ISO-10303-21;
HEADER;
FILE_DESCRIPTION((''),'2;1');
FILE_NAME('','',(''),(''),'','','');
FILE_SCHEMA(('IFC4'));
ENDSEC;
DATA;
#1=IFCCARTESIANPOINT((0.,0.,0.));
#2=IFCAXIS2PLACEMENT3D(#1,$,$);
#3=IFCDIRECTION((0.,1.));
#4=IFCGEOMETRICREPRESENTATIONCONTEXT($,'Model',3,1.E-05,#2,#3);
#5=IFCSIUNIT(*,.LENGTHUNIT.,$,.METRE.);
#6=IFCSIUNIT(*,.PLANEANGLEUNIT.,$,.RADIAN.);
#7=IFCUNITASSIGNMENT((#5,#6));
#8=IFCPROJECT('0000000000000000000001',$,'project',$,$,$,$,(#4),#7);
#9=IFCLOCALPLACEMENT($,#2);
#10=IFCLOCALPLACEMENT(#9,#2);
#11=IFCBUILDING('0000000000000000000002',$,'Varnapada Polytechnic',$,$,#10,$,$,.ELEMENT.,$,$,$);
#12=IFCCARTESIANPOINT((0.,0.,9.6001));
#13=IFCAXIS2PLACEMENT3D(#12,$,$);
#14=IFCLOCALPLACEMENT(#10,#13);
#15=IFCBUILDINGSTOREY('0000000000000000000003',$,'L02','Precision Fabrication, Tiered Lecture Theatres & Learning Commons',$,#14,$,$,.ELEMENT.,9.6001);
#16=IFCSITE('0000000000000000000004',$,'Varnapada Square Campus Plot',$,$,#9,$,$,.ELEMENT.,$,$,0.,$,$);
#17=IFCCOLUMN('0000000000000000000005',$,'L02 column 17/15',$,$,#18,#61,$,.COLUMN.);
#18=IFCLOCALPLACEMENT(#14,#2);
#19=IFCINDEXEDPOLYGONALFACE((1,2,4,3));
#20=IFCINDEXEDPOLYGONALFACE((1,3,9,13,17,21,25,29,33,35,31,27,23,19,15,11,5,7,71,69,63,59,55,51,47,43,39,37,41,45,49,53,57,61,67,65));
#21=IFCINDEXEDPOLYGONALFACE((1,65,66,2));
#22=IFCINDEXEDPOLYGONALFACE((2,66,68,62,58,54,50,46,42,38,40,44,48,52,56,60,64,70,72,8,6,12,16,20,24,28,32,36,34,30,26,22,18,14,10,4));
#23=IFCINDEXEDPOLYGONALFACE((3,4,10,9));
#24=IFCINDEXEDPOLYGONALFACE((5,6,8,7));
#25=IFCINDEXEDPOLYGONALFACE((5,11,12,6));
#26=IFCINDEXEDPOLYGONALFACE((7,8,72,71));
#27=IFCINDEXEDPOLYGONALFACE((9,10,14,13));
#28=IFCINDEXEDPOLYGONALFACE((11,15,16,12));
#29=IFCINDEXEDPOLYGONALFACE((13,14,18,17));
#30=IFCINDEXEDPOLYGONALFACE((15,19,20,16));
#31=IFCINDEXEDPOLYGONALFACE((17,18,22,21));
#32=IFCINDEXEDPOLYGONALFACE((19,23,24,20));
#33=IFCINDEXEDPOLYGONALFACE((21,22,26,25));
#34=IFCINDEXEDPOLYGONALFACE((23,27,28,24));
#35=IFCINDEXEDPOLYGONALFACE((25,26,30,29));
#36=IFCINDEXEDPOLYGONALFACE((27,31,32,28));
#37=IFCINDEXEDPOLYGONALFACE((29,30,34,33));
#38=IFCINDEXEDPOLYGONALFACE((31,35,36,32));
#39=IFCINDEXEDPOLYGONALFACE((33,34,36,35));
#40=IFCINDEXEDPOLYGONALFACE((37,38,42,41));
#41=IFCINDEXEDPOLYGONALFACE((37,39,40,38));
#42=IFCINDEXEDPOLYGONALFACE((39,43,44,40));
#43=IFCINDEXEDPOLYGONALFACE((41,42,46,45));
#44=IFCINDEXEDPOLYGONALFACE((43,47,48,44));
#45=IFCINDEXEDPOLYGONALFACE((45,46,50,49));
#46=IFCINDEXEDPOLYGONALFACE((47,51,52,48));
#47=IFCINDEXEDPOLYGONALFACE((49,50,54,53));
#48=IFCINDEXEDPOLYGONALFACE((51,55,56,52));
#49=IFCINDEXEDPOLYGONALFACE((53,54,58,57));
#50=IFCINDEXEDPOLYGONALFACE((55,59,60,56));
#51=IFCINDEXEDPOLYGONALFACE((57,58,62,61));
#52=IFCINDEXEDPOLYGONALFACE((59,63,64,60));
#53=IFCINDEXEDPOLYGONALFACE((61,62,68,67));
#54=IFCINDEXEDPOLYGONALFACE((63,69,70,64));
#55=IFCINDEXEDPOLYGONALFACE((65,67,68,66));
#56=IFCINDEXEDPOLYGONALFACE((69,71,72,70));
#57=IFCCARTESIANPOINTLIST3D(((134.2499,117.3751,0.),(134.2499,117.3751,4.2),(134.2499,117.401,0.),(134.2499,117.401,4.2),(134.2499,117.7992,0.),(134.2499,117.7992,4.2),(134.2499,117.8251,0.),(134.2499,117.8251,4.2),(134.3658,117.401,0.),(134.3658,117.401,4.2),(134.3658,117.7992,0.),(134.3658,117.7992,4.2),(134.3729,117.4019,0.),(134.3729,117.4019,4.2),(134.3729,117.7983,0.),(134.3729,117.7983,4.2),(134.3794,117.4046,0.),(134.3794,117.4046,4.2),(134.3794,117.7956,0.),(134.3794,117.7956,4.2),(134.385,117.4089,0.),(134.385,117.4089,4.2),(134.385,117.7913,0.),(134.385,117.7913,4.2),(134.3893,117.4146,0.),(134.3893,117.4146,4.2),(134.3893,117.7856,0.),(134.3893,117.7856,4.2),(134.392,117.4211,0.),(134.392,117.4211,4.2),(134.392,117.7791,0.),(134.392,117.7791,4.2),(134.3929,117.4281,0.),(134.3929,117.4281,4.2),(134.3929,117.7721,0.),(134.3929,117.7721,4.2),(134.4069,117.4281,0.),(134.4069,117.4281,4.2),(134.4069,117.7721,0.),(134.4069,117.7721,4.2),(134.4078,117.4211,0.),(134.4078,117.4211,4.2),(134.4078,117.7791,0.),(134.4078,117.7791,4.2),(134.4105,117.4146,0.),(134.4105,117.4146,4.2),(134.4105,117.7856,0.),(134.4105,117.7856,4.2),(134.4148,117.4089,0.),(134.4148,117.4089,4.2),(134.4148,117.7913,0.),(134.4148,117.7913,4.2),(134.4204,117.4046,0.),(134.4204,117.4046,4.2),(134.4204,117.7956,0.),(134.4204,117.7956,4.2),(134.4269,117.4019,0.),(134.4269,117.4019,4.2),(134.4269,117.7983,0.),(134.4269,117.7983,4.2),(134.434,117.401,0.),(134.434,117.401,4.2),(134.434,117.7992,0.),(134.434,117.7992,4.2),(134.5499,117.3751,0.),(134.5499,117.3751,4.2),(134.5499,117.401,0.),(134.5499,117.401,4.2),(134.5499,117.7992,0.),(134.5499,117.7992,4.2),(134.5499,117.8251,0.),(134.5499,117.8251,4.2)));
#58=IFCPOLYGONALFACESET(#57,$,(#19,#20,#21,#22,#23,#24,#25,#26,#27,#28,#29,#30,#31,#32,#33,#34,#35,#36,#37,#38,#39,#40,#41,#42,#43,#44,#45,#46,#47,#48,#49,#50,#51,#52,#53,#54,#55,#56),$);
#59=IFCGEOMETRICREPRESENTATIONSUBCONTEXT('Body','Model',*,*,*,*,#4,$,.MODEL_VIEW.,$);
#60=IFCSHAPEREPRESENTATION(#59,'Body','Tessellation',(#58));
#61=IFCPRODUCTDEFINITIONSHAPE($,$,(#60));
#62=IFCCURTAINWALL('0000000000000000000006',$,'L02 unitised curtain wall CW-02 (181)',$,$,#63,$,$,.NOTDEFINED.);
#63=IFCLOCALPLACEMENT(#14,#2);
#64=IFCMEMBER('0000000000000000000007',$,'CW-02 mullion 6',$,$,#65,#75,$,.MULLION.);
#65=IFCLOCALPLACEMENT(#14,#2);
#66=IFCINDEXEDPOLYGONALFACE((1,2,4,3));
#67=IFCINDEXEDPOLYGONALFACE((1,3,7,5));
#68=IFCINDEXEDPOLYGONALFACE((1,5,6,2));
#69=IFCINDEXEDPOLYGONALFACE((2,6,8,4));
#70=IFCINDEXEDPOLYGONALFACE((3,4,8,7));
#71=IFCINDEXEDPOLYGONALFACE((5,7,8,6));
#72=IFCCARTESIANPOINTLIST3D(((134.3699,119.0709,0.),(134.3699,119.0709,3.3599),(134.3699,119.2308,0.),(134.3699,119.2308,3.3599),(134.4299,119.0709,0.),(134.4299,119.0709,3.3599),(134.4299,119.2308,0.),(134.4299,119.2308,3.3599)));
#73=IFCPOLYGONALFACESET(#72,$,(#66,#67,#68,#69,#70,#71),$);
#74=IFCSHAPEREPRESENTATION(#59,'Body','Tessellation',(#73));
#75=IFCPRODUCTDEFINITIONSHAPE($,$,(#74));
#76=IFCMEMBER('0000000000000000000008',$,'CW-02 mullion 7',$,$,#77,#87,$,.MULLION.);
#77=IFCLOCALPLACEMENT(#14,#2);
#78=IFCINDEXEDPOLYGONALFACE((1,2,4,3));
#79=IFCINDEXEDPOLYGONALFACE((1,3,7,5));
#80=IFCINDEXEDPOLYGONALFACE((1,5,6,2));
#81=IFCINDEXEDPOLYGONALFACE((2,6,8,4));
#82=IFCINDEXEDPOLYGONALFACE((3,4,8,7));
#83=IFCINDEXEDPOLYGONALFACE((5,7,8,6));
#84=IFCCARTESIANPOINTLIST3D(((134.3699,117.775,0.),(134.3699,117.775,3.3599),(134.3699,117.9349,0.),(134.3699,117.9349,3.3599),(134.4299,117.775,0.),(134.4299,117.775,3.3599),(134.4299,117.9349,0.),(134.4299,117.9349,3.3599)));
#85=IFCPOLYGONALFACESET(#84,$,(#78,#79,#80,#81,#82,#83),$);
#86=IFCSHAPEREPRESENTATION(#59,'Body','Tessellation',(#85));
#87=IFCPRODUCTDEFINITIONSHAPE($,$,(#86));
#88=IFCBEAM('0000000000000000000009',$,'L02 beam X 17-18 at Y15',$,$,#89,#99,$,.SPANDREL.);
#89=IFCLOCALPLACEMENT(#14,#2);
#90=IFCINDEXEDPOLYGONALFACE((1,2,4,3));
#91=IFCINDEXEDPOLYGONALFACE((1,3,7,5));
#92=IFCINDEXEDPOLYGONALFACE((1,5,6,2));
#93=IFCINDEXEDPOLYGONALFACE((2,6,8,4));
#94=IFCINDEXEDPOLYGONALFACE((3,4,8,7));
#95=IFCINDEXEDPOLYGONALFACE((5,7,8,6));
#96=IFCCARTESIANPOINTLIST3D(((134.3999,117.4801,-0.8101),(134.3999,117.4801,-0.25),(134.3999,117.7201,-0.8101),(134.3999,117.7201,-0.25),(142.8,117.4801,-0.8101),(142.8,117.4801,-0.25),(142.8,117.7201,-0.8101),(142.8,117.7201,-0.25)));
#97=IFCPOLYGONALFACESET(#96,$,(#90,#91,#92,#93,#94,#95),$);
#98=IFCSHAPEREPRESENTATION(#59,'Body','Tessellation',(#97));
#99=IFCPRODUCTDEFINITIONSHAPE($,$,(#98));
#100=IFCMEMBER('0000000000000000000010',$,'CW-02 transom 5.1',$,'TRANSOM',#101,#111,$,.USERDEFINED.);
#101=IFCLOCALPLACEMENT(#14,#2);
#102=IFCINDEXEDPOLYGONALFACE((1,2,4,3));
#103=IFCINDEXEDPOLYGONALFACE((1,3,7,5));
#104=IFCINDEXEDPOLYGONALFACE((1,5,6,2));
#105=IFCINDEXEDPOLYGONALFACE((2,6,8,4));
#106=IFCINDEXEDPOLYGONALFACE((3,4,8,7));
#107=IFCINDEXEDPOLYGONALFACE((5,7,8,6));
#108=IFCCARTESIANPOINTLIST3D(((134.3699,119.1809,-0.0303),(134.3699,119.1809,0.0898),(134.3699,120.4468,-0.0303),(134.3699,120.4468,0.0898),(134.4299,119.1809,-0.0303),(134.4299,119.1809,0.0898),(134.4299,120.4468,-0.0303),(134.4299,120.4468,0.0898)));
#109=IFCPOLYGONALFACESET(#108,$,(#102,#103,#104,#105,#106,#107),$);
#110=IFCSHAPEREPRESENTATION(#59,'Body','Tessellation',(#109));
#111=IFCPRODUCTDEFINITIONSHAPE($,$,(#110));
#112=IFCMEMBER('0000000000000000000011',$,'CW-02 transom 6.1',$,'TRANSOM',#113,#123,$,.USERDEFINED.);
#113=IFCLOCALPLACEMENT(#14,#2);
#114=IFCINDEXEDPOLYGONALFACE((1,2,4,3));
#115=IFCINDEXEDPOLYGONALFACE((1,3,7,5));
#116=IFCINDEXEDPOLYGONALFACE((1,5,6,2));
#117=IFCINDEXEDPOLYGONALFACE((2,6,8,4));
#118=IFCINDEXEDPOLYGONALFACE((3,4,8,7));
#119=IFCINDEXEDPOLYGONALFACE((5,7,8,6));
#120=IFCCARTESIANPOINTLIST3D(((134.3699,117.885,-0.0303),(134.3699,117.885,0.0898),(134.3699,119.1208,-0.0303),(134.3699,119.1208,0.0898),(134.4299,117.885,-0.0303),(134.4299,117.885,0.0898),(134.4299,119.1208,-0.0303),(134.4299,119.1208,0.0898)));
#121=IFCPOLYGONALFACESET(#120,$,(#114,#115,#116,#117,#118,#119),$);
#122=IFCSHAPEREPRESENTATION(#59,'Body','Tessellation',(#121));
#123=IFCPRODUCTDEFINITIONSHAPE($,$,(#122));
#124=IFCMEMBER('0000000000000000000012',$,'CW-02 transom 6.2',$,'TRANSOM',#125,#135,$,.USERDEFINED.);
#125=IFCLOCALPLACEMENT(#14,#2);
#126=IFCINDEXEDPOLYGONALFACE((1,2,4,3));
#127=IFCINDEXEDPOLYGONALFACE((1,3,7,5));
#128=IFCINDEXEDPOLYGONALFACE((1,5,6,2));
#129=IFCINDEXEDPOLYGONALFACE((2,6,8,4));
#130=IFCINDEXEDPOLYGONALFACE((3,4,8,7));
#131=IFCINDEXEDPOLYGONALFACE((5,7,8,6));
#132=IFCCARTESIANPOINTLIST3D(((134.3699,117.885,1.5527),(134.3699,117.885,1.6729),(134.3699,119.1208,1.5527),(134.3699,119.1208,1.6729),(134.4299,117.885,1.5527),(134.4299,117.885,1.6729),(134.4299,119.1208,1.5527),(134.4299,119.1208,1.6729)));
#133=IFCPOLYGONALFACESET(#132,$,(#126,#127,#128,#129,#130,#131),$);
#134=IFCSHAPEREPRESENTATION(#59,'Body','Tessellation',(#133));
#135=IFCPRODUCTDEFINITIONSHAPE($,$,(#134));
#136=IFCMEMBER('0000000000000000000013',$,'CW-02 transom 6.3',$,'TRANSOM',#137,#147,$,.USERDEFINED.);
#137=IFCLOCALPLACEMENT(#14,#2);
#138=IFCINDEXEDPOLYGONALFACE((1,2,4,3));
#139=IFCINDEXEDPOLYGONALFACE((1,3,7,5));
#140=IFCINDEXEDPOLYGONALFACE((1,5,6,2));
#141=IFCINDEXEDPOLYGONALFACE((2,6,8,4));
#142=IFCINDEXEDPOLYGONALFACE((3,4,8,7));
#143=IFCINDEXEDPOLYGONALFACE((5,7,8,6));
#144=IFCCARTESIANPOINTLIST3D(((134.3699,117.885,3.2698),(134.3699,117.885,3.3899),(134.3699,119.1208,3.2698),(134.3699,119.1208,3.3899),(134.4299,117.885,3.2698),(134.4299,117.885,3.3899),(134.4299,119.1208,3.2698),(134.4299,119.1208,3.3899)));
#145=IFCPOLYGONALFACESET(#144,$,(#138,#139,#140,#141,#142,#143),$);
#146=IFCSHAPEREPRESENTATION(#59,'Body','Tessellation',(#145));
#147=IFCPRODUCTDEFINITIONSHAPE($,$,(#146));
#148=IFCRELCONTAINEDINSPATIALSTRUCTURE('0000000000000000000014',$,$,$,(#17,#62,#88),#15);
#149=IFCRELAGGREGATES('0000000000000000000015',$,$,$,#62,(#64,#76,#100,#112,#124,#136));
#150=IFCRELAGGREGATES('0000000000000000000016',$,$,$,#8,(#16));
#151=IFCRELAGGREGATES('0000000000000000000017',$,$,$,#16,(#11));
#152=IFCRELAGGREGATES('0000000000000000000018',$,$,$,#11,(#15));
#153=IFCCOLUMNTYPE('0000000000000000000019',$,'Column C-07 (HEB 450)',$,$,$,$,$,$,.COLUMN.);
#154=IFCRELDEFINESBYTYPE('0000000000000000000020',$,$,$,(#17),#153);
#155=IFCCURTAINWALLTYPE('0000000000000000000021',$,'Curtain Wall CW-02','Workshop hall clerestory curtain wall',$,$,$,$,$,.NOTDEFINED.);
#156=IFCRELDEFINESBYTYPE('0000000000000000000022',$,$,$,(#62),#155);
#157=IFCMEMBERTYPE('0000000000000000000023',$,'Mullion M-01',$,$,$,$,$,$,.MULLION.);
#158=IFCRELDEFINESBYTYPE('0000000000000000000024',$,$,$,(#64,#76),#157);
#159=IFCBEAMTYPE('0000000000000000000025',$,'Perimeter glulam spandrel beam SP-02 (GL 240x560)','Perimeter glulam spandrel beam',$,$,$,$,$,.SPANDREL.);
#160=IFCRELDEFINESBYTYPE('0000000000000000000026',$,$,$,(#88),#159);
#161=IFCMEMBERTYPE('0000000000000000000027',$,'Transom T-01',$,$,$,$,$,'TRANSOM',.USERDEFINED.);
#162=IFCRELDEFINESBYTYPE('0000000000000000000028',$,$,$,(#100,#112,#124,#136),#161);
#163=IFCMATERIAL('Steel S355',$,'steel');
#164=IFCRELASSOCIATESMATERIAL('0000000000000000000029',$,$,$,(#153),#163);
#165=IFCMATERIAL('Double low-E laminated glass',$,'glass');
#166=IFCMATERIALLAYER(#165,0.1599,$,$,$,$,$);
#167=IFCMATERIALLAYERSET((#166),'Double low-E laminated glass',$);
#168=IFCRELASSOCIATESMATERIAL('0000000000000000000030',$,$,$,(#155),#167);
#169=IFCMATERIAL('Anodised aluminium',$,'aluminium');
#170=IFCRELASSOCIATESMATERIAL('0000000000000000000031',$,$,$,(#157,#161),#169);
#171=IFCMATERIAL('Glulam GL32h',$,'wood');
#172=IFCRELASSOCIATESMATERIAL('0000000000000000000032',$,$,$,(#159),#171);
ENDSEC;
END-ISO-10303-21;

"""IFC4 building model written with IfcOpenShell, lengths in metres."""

from ifc_helpers import new_model, si_unit, direction, frame, origin, origin_2d, place, context, subcontext, project, spatial, rectangle, i_section, extrude, material, layer, layer_set, material_profile, profile_set, type_object, element, aggregate, save


model = new_model("IFC4")

# Units and contexts
model_context = context("Model", 3, precision=1e-05, world=origin(), true_north=direction((0.0, 1.0)))
body_context = subcontext(model_context, "Body", "Model", "MODEL_VIEW")
ifc_project = project(units=[si_unit("LENGTHUNIT", "METRE"), si_unit("PLANEANGLEUNIT", "RADIAN")], contexts=[model_context])

# Site, building, storey
site_placement = place(None, origin())
site = spatial("IfcSite", under=ifc_project, at=site_placement, Name="Varnapada Square Campus Plot", CompositionType="ELEMENT", RefElevation=0.0)
building_placement = place(site_placement, origin())
building = spatial("IfcBuilding", under=site, at=building_placement, Name="Varnapada Polytechnic", CompositionType="ELEMENT")
storey_placement = place(building_placement, frame((0.0, 0.0, 9.6001)))
storey = spatial("IfcBuildingStorey", under=building, at=storey_placement, Name="L02", Description="Precision Fabrication, Tiered Lecture Theatres & Learning Commons", CompositionType="ELEMENT", Elevation=9.6001)

# Column
ifc_material_1 = material(Name="Steel S355", Category="steel")
ifc_material_profile_1 = material_profile(ifc_material_1, i_section(OverallWidth=0.3, OverallDepth=0.45, WebThickness=0.0139, FlangeThickness=0.0259, FilletRadius=0.0271, at=origin_2d()), Name="HEB 450")
ifc_profile_set_1 = profile_set([ifc_material_profile_1], Name="Steel S355")
column_type = type_object("IfcColumnType", Name="Column C-07 (HEB 450)", PredefinedType="COLUMN", material=ifc_profile_set_1)
column_placement = place(storey_placement, frame((134.3999, 117.6001, 0.0), z_axis=(0.0, 0.0, 1.0), x_axis=(1.0, 0.0, 0.0)))
element("IfcColumn", 1, at=column_placement, inside=storey, type_object=column_type, Name="L02 column 17/15", PredefinedType="COLUMN", context=body_context, shape_type="SweptSolid", body=[
    extrude(i_section(OverallWidth=0.3, OverallDepth=0.45, WebThickness=0.0139, FlangeThickness=0.0259, FilletRadius=0.0271, at=origin_2d()), origin(), (0.0, 0.0, 1.0), 4.2),
])

# Curtain wall, members
ifc_material_2 = material(Name="Double low-E laminated glass", Category="glass")
ifc_layer_1 = layer(ifc_material_2, 0.1599)
ifc_layer_set_1 = layer_set([ifc_layer_1], Name="Double low-E laminated glass")
curtain_wall_type = type_object("IfcCurtainWallType", Name="Curtain Wall CW-02", Description="Workshop hall clerestory curtain wall", PredefinedType="NOTDEFINED", material=ifc_layer_set_1)
curtain_wall_placement = place(storey_placement, origin())
curtain_wall = element("IfcCurtainWall", 2, at=curtain_wall_placement, inside=storey, type_object=curtain_wall_type, Name="L02 unitised curtain wall CW-02 (181)", PredefinedType="NOTDEFINED")
ifc_material_3 = material(Name="Anodised aluminium", Category="aluminium")
ifc_material_profile_2 = material_profile(ifc_material_3, rectangle(XDim=0.0601, YDim=0.1599, at=origin_2d()), Name="ALU M60x160")
ifc_profile_set_2 = profile_set([ifc_material_profile_2], Name="Anodised aluminium")
member_type_1 = type_object("IfcMemberType", Name="Mullion M-01", PredefinedType="MULLION", material=ifc_profile_set_2)
member_1_placement = place(storey_placement, frame((134.3999, 119.1509, 0.0), z_axis=(0.0, 0.0, 1.0), x_axis=(1.0, 0.0, 0.0)))
member_1 = element("IfcMember", 3, at=member_1_placement, type_object=member_type_1, Name="CW-02 mullion 6", PredefinedType="MULLION", context=body_context, shape_type="SweptSolid", body=[
    extrude(rectangle(XDim=0.0601, YDim=0.1599, at=origin_2d()), origin(), (0.0, 0.0, 1.0), 3.3599),
])
member_2_placement = place(storey_placement, frame((134.3999, 117.855, 0.0), z_axis=(0.0, 0.0, 1.0), x_axis=(1.0, 0.0, 0.0)))
member_2 = element("IfcMember", 4, at=member_2_placement, type_object=member_type_1, Name="CW-02 mullion 7", PredefinedType="MULLION", context=body_context, shape_type="SweptSolid", body=[
    extrude(rectangle(XDim=0.0601, YDim=0.1599, at=origin_2d()), origin(), (0.0, 0.0, 1.0), 3.3599),
])

# Beam
ifc_material_4 = material(Name="Glulam GL32h", Category="wood")
ifc_material_profile_3 = material_profile(ifc_material_4, rectangle(XDim=0.24, YDim=0.5601, at=origin_2d()), Name="GL 240x560")
ifc_profile_set_3 = profile_set([ifc_material_profile_3], Name="Glulam GL32h")
beam_type_1 = type_object("IfcBeamType", Name="Perimeter glulam spandrel beam SP-02 (GL 240x560)", Description="Perimeter glulam spandrel beam", PredefinedType="SPANDREL", material=ifc_profile_set_3)
beam_1_placement = place(storey_placement, frame((134.3999, 117.6001, -0.53), z_axis=(1.0, 0.0, 0.0), x_axis=(0.0, 1.0, 0.0)))
element("IfcBeam", 5, at=beam_1_placement, inside=storey, type_object=beam_type_1, Name="L02 beam X 17-18 at Y15", PredefinedType="SPANDREL", context=body_context, shape_type="SweptSolid", body=[
    extrude(rectangle(XDim=0.24, YDim=0.5601, at=origin_2d()), origin(), (0.0, 0.0, 1.0), 8.4001),
])

# Members
ifc_material_profile_4 = material_profile(ifc_material_3, rectangle(XDim=0.0601, YDim=0.1201, at=origin_2d()), Name="ALU T60x120")
ifc_profile_set_4 = profile_set([ifc_material_profile_4], Name="Anodised aluminium")
member_type_2 = type_object("IfcMemberType", Name="Transom T-01", ElementType="TRANSOM", PredefinedType="USERDEFINED", material=ifc_profile_set_4)
member_3_placement = place(storey_placement, frame((134.3999, 120.4468, 0.0298), z_axis=(0.0, -1.0, 0.0), x_axis=(1.0, 0.0, 0.0)))
member_3 = element("IfcMember", 6, at=member_3_placement, type_object=member_type_2, Name="CW-02 transom 5.1", ObjectType="TRANSOM", PredefinedType="USERDEFINED", context=body_context, shape_type="SweptSolid", body=[
    extrude(rectangle(XDim=0.0601, YDim=0.1201, at=origin_2d()), origin(), (0.0, 0.0, 1.0), 1.2659),
])
member_4_placement = place(storey_placement, frame((134.3999, 119.1208, 0.0298), z_axis=(0.0, -1.0, 0.0), x_axis=(1.0, 0.0, 0.0)))
member_4 = element("IfcMember", 7, at=member_4_placement, type_object=member_type_2, Name="CW-02 transom 6.1", ObjectType="TRANSOM", PredefinedType="USERDEFINED", context=body_context, shape_type="SweptSolid", body=[
    extrude(rectangle(XDim=0.0601, YDim=0.1201, at=origin_2d()), origin(), (0.0, 0.0, 1.0), 1.2358),
])
member_5_placement = place(storey_placement, frame((134.3999, 119.1208, 1.6128), z_axis=(0.0, -1.0, 0.0), x_axis=(1.0, 0.0, 0.0)))
member_5 = element("IfcMember", 8, at=member_5_placement, type_object=member_type_2, Name="CW-02 transom 6.2", ObjectType="TRANSOM", PredefinedType="USERDEFINED", context=body_context, shape_type="SweptSolid", body=[
    extrude(rectangle(XDim=0.0601, YDim=0.1201, at=origin_2d()), origin(), (0.0, 0.0, 1.0), 1.2358),
])
member_6_placement = place(storey_placement, frame((134.3999, 119.1208, 3.3298), z_axis=(0.0, -1.0, 0.0), x_axis=(1.0, 0.0, 0.0)))
member_6 = element("IfcMember", 9, at=member_6_placement, type_object=member_type_2, Name="CW-02 transom 6.3", ObjectType="TRANSOM", PredefinedType="USERDEFINED", context=body_context, shape_type="SweptSolid", body=[
    extrude(rectangle(XDim=0.0601, YDim=0.1201, at=origin_2d()), origin(), (0.0, 0.0, 1.0), 1.2358),
])

aggregate(curtain_wall, [member_1, member_2, member_3, member_4, member_5, member_6])

save(model, "model.ifc")
